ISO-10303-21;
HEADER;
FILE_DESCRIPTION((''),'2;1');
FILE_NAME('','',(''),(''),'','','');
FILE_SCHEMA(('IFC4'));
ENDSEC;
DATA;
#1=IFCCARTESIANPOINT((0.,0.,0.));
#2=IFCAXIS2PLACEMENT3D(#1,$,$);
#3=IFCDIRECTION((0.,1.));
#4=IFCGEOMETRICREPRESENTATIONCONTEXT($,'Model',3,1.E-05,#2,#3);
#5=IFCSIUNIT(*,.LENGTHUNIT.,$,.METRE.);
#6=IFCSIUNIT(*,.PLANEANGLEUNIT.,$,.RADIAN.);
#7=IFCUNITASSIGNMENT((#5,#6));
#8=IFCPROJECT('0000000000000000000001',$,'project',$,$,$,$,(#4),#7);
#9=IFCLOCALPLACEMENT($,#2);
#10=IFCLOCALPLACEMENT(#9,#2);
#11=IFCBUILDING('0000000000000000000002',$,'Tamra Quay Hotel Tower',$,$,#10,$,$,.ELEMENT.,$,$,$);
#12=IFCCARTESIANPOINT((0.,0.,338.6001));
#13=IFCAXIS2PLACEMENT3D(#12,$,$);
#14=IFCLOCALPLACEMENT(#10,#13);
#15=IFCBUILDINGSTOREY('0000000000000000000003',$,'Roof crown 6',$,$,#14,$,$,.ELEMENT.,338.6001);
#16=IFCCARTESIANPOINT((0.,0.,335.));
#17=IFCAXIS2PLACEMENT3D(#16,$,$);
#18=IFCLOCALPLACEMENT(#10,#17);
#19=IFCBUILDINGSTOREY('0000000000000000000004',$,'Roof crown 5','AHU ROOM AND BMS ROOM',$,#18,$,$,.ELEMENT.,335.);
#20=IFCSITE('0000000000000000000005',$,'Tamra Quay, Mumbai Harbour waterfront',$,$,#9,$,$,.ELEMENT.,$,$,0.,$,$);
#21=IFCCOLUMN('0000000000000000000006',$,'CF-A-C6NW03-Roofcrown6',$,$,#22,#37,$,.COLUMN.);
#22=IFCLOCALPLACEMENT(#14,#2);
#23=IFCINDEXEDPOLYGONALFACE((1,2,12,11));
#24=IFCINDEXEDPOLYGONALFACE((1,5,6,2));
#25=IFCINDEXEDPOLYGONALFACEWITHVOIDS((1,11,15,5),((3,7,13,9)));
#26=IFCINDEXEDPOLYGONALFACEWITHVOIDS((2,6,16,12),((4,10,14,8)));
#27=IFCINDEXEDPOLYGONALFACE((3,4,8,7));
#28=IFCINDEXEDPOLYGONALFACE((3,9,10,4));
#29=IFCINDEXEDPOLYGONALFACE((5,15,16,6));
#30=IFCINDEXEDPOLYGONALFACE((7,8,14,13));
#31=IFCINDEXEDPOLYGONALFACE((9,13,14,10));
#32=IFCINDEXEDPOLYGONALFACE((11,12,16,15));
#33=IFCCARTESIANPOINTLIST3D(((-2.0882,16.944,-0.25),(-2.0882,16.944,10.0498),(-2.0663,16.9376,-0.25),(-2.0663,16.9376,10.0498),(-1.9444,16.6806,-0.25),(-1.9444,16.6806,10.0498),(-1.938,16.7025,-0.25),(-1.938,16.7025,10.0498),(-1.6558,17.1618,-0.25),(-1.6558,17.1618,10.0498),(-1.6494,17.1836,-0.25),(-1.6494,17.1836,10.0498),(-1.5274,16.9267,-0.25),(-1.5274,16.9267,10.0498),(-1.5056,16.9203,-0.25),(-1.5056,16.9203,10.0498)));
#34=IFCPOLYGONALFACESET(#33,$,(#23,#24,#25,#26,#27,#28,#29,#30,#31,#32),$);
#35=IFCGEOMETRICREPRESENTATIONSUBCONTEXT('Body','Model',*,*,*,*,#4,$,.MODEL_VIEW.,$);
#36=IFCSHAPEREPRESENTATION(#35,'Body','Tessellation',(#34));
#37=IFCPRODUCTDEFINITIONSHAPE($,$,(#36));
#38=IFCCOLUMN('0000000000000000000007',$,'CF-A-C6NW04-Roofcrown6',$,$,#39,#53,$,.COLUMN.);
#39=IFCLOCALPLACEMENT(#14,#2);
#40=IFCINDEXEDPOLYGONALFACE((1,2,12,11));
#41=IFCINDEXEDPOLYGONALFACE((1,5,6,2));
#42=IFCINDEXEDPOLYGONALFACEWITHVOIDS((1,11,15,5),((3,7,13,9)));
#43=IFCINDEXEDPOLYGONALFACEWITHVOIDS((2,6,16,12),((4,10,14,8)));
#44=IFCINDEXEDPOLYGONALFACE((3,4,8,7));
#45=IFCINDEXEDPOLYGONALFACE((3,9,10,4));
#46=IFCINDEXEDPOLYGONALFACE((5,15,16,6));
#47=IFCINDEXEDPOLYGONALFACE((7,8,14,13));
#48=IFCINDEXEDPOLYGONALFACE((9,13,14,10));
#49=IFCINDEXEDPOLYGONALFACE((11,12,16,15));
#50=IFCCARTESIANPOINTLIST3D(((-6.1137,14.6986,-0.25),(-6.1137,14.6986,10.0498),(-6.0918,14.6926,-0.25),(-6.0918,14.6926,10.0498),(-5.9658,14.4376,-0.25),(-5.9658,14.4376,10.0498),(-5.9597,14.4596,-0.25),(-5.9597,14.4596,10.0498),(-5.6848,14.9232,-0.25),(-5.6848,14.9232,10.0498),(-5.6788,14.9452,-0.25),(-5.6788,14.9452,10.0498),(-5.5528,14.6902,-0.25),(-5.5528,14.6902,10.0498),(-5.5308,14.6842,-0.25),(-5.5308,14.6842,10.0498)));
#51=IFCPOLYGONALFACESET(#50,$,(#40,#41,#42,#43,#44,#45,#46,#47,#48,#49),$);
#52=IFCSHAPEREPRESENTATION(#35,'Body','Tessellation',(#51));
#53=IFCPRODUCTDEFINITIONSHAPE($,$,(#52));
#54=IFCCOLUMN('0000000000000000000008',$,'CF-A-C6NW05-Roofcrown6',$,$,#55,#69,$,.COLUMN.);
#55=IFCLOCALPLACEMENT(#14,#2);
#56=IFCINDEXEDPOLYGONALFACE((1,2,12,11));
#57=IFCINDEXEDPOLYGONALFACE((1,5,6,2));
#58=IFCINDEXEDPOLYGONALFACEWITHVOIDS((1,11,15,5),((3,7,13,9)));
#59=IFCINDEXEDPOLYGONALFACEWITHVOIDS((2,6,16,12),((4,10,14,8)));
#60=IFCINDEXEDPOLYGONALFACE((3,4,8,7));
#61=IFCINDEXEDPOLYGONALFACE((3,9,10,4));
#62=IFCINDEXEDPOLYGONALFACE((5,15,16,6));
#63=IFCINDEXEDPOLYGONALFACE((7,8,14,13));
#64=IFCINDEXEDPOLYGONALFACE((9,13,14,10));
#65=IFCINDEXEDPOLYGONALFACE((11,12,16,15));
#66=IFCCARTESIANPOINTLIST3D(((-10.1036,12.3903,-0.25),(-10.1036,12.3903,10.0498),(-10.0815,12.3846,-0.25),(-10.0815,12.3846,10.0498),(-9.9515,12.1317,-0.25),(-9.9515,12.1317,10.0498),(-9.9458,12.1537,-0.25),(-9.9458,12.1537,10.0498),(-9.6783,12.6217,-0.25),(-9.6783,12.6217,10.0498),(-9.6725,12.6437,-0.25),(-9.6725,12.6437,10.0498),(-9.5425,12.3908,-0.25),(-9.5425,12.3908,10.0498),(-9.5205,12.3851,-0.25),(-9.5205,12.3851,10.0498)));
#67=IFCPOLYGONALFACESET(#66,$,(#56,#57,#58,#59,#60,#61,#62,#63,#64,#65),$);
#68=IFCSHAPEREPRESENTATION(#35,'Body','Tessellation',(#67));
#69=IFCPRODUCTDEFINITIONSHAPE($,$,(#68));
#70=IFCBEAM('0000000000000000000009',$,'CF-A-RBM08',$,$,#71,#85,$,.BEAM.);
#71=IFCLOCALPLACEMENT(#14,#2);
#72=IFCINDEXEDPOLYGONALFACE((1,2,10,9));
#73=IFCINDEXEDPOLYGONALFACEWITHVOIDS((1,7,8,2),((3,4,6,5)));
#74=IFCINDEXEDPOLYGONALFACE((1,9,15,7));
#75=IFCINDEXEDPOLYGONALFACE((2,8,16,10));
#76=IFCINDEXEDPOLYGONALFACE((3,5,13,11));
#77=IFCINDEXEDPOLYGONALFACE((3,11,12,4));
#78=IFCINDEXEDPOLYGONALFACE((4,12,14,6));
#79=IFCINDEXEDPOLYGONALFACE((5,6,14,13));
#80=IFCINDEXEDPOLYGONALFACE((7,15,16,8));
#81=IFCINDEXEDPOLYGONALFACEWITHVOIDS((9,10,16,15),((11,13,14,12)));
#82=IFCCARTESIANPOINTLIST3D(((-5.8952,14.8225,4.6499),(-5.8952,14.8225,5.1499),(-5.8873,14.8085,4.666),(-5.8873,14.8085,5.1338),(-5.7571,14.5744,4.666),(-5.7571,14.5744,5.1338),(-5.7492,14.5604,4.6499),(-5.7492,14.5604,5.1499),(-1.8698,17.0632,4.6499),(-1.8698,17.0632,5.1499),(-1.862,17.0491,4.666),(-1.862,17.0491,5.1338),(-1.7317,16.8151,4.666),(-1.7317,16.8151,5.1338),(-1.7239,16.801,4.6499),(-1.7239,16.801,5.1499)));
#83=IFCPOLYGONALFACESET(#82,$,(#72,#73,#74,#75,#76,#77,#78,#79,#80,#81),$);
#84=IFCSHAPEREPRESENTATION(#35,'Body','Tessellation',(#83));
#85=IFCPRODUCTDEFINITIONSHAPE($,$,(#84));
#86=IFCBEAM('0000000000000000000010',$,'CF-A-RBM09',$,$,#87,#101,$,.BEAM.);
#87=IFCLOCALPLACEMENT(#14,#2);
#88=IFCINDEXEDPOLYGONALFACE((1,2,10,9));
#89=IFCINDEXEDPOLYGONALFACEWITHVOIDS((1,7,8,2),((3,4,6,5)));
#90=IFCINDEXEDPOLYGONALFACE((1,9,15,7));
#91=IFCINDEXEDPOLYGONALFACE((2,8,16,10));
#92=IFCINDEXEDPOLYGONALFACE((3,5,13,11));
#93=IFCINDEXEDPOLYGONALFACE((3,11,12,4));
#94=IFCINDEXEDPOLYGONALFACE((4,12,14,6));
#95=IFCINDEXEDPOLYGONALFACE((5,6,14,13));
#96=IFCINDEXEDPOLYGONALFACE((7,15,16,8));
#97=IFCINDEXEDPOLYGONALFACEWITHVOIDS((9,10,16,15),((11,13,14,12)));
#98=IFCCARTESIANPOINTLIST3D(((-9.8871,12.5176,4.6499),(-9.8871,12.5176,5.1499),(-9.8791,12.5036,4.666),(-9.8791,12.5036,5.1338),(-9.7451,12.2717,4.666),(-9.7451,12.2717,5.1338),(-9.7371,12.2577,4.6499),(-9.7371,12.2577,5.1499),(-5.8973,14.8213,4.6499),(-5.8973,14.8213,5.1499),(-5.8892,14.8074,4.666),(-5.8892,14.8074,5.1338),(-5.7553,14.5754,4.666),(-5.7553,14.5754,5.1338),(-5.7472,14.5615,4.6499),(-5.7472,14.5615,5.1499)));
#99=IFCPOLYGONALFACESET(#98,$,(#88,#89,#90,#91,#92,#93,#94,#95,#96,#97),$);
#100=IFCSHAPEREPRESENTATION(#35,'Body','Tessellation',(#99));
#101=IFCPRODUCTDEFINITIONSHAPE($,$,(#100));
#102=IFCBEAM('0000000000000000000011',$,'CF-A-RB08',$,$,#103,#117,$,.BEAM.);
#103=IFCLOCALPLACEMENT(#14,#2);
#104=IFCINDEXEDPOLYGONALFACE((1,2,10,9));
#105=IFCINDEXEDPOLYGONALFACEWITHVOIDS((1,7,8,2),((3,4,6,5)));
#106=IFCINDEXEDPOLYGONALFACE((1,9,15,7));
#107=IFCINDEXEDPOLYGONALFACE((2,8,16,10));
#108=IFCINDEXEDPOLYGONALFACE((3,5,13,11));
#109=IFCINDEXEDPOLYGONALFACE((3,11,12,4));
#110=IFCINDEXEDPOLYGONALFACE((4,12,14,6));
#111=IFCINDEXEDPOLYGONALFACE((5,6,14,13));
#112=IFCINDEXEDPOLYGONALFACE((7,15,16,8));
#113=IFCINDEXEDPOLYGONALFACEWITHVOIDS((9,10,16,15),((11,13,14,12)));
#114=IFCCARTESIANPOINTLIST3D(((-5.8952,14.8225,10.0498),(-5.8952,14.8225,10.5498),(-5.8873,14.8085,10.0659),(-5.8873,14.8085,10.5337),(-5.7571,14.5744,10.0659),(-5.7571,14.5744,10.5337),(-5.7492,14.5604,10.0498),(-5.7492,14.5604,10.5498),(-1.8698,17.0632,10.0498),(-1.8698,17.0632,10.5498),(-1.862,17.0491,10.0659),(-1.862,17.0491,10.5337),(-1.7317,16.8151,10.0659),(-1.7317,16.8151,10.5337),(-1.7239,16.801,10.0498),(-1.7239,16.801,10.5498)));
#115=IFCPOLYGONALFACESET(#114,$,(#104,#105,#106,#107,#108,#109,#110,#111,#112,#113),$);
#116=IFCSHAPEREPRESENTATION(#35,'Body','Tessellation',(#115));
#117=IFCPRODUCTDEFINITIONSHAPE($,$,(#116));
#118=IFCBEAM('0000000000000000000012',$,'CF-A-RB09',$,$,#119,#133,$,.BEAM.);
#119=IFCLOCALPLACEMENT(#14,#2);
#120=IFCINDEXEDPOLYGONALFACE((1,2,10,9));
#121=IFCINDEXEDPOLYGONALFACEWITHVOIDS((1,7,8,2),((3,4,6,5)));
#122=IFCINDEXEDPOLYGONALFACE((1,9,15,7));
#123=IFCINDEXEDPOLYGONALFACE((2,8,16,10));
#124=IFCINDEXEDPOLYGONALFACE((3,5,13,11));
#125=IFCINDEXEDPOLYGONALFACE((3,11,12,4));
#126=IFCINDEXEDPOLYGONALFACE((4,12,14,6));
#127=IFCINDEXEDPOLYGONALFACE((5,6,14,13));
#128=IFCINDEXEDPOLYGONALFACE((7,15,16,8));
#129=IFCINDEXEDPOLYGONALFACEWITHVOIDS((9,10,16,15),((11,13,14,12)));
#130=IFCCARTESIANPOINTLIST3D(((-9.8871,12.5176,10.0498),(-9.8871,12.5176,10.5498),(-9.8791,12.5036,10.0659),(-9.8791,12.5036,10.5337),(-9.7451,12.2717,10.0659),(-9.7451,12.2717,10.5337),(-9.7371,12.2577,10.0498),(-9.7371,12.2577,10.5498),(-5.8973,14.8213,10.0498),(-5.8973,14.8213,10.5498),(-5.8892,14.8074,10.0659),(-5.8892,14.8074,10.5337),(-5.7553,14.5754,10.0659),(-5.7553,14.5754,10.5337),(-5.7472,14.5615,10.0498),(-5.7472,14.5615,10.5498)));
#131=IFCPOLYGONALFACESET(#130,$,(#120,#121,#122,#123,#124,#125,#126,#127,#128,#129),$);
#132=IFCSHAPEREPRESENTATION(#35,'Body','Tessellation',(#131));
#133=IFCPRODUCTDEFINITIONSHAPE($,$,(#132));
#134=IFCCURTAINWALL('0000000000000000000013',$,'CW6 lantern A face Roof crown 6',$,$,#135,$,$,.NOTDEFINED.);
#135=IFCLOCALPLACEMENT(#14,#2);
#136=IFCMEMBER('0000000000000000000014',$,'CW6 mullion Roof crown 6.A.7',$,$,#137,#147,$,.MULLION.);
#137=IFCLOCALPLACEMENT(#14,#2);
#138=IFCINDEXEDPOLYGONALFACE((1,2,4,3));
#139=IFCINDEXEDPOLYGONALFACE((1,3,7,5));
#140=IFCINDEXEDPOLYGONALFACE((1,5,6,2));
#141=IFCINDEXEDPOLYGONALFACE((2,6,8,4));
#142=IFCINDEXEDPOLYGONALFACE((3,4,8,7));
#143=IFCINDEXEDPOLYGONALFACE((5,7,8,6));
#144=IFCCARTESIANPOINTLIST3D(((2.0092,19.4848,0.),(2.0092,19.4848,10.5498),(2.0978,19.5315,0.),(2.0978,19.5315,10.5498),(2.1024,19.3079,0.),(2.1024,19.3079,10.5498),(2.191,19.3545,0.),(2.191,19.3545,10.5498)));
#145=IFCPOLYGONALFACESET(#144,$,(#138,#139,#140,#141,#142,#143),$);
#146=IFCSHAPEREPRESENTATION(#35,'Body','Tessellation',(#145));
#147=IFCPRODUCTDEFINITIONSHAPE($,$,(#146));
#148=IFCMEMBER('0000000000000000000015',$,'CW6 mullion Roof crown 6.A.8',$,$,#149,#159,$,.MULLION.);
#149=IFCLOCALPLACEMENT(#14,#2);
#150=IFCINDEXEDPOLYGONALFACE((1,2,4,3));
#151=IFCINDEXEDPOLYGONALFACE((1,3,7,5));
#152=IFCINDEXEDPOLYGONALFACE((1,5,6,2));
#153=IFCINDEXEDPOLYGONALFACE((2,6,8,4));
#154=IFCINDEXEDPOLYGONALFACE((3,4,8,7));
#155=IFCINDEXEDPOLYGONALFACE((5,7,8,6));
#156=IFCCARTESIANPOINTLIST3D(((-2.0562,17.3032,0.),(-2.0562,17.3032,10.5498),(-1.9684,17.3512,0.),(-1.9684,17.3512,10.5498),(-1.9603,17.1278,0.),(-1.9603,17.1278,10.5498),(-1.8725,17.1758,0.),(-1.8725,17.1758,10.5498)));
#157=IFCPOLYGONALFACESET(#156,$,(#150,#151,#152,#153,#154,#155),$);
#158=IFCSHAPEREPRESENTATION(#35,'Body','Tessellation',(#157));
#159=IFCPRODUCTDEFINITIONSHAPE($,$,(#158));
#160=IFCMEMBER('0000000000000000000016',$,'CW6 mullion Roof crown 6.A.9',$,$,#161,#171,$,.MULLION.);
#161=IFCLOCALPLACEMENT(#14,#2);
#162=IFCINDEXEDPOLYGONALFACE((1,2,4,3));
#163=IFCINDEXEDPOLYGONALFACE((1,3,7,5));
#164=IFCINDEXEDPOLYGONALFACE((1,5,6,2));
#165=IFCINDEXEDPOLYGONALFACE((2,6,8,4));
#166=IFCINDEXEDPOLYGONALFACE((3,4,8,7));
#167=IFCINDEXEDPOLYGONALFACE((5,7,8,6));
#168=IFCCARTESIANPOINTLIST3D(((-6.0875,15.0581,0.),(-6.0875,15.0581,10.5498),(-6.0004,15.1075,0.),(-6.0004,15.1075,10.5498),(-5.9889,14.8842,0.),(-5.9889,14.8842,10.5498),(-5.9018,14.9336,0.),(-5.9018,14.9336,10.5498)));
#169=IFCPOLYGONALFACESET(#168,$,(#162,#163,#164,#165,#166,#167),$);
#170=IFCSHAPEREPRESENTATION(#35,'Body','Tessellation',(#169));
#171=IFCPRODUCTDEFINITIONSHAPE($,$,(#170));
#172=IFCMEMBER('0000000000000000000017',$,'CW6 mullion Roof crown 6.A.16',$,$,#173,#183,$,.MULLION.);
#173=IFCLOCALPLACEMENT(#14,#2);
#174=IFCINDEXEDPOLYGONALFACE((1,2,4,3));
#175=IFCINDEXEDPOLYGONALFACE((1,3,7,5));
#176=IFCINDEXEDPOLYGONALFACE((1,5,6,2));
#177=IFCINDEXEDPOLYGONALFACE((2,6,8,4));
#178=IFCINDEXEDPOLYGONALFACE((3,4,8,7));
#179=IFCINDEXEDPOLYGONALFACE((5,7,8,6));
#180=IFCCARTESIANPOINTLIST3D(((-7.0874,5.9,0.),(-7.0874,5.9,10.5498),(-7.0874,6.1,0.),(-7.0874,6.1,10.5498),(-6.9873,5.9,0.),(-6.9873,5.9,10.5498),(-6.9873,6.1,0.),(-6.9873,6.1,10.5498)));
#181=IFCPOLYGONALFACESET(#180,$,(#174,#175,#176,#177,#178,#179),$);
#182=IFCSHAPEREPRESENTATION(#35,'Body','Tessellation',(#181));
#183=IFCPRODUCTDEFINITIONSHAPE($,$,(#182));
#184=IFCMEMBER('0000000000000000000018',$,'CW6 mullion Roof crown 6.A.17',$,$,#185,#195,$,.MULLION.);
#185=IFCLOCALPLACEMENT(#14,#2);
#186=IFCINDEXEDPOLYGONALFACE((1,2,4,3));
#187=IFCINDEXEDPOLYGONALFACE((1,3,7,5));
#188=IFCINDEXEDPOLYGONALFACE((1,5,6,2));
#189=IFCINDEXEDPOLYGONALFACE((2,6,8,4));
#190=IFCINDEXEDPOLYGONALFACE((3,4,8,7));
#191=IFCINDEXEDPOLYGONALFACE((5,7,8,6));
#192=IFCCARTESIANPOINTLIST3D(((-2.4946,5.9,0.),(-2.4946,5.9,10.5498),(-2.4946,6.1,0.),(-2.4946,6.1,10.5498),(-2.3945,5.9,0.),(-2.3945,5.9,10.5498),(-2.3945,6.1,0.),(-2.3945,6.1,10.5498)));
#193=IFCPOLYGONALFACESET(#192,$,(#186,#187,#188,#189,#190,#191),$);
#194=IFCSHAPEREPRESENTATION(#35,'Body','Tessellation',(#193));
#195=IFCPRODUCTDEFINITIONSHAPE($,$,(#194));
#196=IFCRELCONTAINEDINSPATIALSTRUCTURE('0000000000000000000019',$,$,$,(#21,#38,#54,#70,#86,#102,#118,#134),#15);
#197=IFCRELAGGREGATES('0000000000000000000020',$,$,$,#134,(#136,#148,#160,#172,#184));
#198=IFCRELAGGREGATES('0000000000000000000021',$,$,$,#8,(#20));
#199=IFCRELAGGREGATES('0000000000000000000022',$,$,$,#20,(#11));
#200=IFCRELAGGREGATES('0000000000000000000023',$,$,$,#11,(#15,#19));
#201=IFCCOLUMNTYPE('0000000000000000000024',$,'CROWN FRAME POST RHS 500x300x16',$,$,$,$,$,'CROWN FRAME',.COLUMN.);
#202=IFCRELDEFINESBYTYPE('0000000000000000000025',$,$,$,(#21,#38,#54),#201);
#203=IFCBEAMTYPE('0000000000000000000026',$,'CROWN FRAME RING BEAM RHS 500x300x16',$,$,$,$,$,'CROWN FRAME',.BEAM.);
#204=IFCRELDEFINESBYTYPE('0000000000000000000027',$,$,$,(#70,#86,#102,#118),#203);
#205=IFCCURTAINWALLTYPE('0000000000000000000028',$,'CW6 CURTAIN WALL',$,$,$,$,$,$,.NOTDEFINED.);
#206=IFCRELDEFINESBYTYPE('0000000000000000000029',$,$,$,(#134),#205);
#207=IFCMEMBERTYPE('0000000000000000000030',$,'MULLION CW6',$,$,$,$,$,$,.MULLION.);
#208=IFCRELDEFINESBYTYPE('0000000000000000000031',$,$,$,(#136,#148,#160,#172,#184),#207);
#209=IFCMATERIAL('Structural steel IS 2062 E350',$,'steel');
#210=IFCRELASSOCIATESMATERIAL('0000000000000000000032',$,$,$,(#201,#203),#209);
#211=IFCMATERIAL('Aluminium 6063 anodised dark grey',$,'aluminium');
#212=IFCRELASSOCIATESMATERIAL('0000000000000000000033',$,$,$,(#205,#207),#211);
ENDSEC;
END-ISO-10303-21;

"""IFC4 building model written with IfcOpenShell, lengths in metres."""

from ifc_helpers import new_model, si_unit, direction, frame, origin, origin_2d, place, context, subcontext, project, spatial, rectangle, hollow_rectangle, extrude, material, material_profile, profile_set, type_object, element, aggregate, save


model = new_model("IFC4")

# Units and contexts
model_context = context("Model", 3, precision=1e-05, world=origin(), true_north=direction((0.0, 1.0)))
body_context = subcontext(model_context, "Body", "Model", "MODEL_VIEW")
ifc_project = project(units=[si_unit("LENGTHUNIT", "METRE"), si_unit("PLANEANGLEUNIT", "RADIAN")], contexts=[model_context])

# Site, building, storey
site_placement = place(None, origin())
site = spatial("IfcSite", under=ifc_project, at=site_placement, Name="Tamra Quay, Mumbai Harbour waterfront", CompositionType="ELEMENT", RefElevation=0.0)
building_placement = place(site_placement, origin())
building = spatial("IfcBuilding", under=site, at=building_placement, Name="Tamra Quay Hotel Tower", CompositionType="ELEMENT")
storey_1_placement = place(building_placement, frame((0.0, 0.0, 338.6001)))
storey_1 = spatial("IfcBuildingStorey", under=building, at=storey_1_placement, Name="Roof crown 6", CompositionType="ELEMENT", Elevation=338.6001)

# Columns
ifc_material_1 = material(Name="Structural steel IS 2062 E350", Category="steel")
ifc_material_profile_1 = material_profile(ifc_material_1, hollow_rectangle(XDim=0.3, YDim=0.5, WallThickness=0.0161, at=origin_2d()), Name="RHS 500x300x16")
ifc_profile_set_1 = profile_set([ifc_material_profile_1], Name="Structural steel IS 2062 E350")
column_type = type_object("IfcColumnType", Name="CROWN FRAME POST RHS 500x300x16", ElementType="CROWN FRAME", PredefinedType="COLUMN", material=ifc_profile_set_1)
for number, where, z_axis, x_axis, name in (
    (1, (-1.7969, 16.9321, -0.25), (0.0, 0.0, 1.0), (-0.479288, 0.877658, 0.0), "CF-A-C6NW03-Roofcrown6"),
    (2, (-5.8223, 14.6914, -0.25), (0.0, 0.0, 1.0), (-0.493125, 0.869958, 0.0), "CF-A-C6NW04-Roofcrown6"),
    (3, (-9.812, 12.3877, -0.25), (0.0, 0.0, 1.0), (-0.506843, 0.862038, 0.0), "CF-A-C6NW05-Roofcrown6"),
):
    element("IfcColumn", number, at=place(storey_1_placement, frame(where, z_axis=z_axis, x_axis=x_axis)), inside=storey_1, type_object=column_type, Name=name, PredefinedType="COLUMN", context=body_context, shape_type="SweptSolid", body=[
        extrude(hollow_rectangle(XDim=0.3, YDim=0.5, WallThickness=0.0161, at=origin_2d()), origin(), (0.0, 0.0, 1.0), 10.2998),
    ])

# Beams
ifc_material_profile_2 = material_profile(ifc_material_1, hollow_rectangle(XDim=0.3, YDim=0.5, WallThickness=0.0161, at=origin_2d()), Name="RHS 500x300x16")
ifc_profile_set_2 = profile_set([ifc_material_profile_2], Name="Structural steel IS 2062 E350")
beam_type = type_object("IfcBeamType", Name="CROWN FRAME RING BEAM RHS 500x300x16", ElementType="CROWN FRAME", PredefinedType="BEAM", material=ifc_profile_set_2)
beam_1_placement = place(storey_1_placement, frame((-1.7969, 16.9321, 4.8999), z_axis=(-0.873752, -0.486372, 0.0), x_axis=(0.486372, -0.873752, 0.0)))
element("IfcBeam", 4, at=beam_1_placement, inside=storey_1, type_object=beam_type, Name="CF-A-RBM08", PredefinedType="BEAM", context=body_context, shape_type="SweptSolid", body=[
    extrude(hollow_rectangle(XDim=0.3, YDim=0.5, WallThickness=0.0161, at=origin_2d()), origin(), (0.0, 0.0, 1.0), 4.6069),
])
beam_2_placement = place(storey_1_placement, frame((-5.8223, 14.6914, 4.8999), z_axis=(-0.866004, -0.500037, 0.0), x_axis=(0.500037, -0.866004, 0.0)))
element("IfcBeam", 5, at=beam_2_placement, inside=storey_1, type_object=beam_type, Name="CF-A-RBM09", PredefinedType="BEAM", context=body_context, shape_type="SweptSolid", body=[
    extrude(hollow_rectangle(XDim=0.3, YDim=0.5, WallThickness=0.0161, at=origin_2d()), origin(), (0.0, 0.0, 1.0), 4.6072),
])
beam_3_placement = place(storey_1_placement, frame((-1.7969, 16.9321, 10.2998), z_axis=(-0.873752, -0.486372, 0.0), x_axis=(0.486372, -0.873752, 0.0)))
element("IfcBeam", 6, at=beam_3_placement, inside=storey_1, type_object=beam_type, Name="CF-A-RB08", PredefinedType="BEAM", context=body_context, shape_type="SweptSolid", body=[
    extrude(hollow_rectangle(XDim=0.3, YDim=0.5, WallThickness=0.0161, at=origin_2d()), origin(), (0.0, 0.0, 1.0), 4.6069),
])
beam_4_placement = place(storey_1_placement, frame((-5.8223, 14.6914, 10.2998), z_axis=(-0.866004, -0.500037, 0.0), x_axis=(0.500037, -0.866004, 0.0)))
element("IfcBeam", 7, at=beam_4_placement, inside=storey_1, type_object=beam_type, Name="CF-A-RB09", PredefinedType="BEAM", context=body_context, shape_type="SweptSolid", body=[
    extrude(hollow_rectangle(XDim=0.3, YDim=0.5, WallThickness=0.0161, at=origin_2d()), origin(), (0.0, 0.0, 1.0), 4.6072),
])

# Curtain wall, members
ifc_material_2 = material(Name="Aluminium 6063 anodised dark grey", Category="aluminium")
curtain_wall_type = type_object("IfcCurtainWallType", Name="CW6 CURTAIN WALL", PredefinedType="NOTDEFINED", material=ifc_material_2)
curtain_wall_placement = place(storey_1_placement, origin())
curtain_wall = element("IfcCurtainWall", 8, at=curtain_wall_placement, inside=storey_1, type_object=curtain_wall_type, Name="CW6 lantern A face Roof crown 6", PredefinedType="NOTDEFINED")
ifc_material_profile_3 = material_profile(ifc_material_2, rectangle(XDim=0.2, YDim=0.1001, at=origin_2d()), Name="MULLION 100X200")
ifc_profile_set_3 = profile_set([ifc_material_profile_3], Name="Aluminium 6063 anodised dark grey")
member_type_1 = type_object("IfcMemberType", Name="MULLION CW6", PredefinedType="MULLION", material=ifc_profile_set_3)
member_1_placement = place(storey_1_placement, frame((2.1001, 19.4197, 0.0), z_axis=(0.0, 0.0, 1.0), x_axis=(-0.465816, 0.884882, 0.0)))
member_1 = element("IfcMember", 9, at=member_1_placement, type_object=member_type_1, Name="CW6 mullion Roof crown 6.A.7", PredefinedType="MULLION", context=body_context, shape_type="SweptSolid", body=[
    extrude(rectangle(XDim=0.2, YDim=0.1001, at=origin_2d()), origin(), (0.0, 0.0, 1.0), 10.5498),
])
member_2_placement = place(storey_1_placement, frame((-1.9644, 17.2395, 0.0), z_axis=(0.0, 0.0, 1.0), x_axis=(-0.479565, 0.877506, 0.0)))
member_2 = element("IfcMember", 10, at=member_2_placement, type_object=member_type_1, Name="CW6 mullion Roof crown 6.A.8", PredefinedType="MULLION", context=body_context, shape_type="SweptSolid", body=[
    extrude(rectangle(XDim=0.2, YDim=0.1001, at=origin_2d()), origin(), (0.0, 0.0, 1.0), 10.5498),
])
member_3_placement = place(storey_1_placement, frame((-5.9946, 14.9958, 0.0), z_axis=(0.0, 0.0, 1.0), x_axis=(-0.493216, 0.869907, 0.0)))
member_3 = element("IfcMember", 11, at=member_3_placement, type_object=member_type_1, Name="CW6 mullion Roof crown 6.A.9", PredefinedType="MULLION", context=body_context, shape_type="SweptSolid", body=[
    extrude(rectangle(XDim=0.2, YDim=0.1001, at=origin_2d()), origin(), (0.0, 0.0, 1.0), 10.5498),
])
member_4_placement = place(storey_1_placement, frame((-7.0374, 6.0, 0.0), z_axis=(0.0, 0.0, 1.0), x_axis=(0.0, -1.0, 0.0)))
member_4 = element("IfcMember", 12, at=member_4_placement, type_object=member_type_1, Name="CW6 mullion Roof crown 6.A.16", PredefinedType="MULLION", context=body_context, shape_type="SweptSolid", body=[
    extrude(rectangle(XDim=0.2, YDim=0.1001, at=origin_2d()), origin(), (0.0, 0.0, 1.0), 10.5498),
])
member_5_placement = place(storey_1_placement, frame((-2.4446, 6.0, 0.0), z_axis=(0.0, 0.0, 1.0), x_axis=(0.0, -1.0, 0.0)))
member_5 = element("IfcMember", 13, at=member_5_placement, type_object=member_type_1, Name="CW6 mullion Roof crown 6.A.17", PredefinedType="MULLION", context=body_context, shape_type="SweptSolid", body=[
    extrude(rectangle(XDim=0.2, YDim=0.1001, at=origin_2d()), origin(), (0.0, 0.0, 1.0), 10.5498),
])
aggregate(curtain_wall, [member_1, member_2, member_3, member_4, member_5])

# Shared definitions
storey_2_placement = place(building_placement, frame((0.0, 0.0, 335.0)))
storey_2 = spatial("IfcBuildingStorey", under=building, at=storey_2_placement, Name="Roof crown 5", Description="AHU ROOM AND BMS ROOM", CompositionType="ELEMENT", Elevation=335.0)

save(model, "model.ifc")
